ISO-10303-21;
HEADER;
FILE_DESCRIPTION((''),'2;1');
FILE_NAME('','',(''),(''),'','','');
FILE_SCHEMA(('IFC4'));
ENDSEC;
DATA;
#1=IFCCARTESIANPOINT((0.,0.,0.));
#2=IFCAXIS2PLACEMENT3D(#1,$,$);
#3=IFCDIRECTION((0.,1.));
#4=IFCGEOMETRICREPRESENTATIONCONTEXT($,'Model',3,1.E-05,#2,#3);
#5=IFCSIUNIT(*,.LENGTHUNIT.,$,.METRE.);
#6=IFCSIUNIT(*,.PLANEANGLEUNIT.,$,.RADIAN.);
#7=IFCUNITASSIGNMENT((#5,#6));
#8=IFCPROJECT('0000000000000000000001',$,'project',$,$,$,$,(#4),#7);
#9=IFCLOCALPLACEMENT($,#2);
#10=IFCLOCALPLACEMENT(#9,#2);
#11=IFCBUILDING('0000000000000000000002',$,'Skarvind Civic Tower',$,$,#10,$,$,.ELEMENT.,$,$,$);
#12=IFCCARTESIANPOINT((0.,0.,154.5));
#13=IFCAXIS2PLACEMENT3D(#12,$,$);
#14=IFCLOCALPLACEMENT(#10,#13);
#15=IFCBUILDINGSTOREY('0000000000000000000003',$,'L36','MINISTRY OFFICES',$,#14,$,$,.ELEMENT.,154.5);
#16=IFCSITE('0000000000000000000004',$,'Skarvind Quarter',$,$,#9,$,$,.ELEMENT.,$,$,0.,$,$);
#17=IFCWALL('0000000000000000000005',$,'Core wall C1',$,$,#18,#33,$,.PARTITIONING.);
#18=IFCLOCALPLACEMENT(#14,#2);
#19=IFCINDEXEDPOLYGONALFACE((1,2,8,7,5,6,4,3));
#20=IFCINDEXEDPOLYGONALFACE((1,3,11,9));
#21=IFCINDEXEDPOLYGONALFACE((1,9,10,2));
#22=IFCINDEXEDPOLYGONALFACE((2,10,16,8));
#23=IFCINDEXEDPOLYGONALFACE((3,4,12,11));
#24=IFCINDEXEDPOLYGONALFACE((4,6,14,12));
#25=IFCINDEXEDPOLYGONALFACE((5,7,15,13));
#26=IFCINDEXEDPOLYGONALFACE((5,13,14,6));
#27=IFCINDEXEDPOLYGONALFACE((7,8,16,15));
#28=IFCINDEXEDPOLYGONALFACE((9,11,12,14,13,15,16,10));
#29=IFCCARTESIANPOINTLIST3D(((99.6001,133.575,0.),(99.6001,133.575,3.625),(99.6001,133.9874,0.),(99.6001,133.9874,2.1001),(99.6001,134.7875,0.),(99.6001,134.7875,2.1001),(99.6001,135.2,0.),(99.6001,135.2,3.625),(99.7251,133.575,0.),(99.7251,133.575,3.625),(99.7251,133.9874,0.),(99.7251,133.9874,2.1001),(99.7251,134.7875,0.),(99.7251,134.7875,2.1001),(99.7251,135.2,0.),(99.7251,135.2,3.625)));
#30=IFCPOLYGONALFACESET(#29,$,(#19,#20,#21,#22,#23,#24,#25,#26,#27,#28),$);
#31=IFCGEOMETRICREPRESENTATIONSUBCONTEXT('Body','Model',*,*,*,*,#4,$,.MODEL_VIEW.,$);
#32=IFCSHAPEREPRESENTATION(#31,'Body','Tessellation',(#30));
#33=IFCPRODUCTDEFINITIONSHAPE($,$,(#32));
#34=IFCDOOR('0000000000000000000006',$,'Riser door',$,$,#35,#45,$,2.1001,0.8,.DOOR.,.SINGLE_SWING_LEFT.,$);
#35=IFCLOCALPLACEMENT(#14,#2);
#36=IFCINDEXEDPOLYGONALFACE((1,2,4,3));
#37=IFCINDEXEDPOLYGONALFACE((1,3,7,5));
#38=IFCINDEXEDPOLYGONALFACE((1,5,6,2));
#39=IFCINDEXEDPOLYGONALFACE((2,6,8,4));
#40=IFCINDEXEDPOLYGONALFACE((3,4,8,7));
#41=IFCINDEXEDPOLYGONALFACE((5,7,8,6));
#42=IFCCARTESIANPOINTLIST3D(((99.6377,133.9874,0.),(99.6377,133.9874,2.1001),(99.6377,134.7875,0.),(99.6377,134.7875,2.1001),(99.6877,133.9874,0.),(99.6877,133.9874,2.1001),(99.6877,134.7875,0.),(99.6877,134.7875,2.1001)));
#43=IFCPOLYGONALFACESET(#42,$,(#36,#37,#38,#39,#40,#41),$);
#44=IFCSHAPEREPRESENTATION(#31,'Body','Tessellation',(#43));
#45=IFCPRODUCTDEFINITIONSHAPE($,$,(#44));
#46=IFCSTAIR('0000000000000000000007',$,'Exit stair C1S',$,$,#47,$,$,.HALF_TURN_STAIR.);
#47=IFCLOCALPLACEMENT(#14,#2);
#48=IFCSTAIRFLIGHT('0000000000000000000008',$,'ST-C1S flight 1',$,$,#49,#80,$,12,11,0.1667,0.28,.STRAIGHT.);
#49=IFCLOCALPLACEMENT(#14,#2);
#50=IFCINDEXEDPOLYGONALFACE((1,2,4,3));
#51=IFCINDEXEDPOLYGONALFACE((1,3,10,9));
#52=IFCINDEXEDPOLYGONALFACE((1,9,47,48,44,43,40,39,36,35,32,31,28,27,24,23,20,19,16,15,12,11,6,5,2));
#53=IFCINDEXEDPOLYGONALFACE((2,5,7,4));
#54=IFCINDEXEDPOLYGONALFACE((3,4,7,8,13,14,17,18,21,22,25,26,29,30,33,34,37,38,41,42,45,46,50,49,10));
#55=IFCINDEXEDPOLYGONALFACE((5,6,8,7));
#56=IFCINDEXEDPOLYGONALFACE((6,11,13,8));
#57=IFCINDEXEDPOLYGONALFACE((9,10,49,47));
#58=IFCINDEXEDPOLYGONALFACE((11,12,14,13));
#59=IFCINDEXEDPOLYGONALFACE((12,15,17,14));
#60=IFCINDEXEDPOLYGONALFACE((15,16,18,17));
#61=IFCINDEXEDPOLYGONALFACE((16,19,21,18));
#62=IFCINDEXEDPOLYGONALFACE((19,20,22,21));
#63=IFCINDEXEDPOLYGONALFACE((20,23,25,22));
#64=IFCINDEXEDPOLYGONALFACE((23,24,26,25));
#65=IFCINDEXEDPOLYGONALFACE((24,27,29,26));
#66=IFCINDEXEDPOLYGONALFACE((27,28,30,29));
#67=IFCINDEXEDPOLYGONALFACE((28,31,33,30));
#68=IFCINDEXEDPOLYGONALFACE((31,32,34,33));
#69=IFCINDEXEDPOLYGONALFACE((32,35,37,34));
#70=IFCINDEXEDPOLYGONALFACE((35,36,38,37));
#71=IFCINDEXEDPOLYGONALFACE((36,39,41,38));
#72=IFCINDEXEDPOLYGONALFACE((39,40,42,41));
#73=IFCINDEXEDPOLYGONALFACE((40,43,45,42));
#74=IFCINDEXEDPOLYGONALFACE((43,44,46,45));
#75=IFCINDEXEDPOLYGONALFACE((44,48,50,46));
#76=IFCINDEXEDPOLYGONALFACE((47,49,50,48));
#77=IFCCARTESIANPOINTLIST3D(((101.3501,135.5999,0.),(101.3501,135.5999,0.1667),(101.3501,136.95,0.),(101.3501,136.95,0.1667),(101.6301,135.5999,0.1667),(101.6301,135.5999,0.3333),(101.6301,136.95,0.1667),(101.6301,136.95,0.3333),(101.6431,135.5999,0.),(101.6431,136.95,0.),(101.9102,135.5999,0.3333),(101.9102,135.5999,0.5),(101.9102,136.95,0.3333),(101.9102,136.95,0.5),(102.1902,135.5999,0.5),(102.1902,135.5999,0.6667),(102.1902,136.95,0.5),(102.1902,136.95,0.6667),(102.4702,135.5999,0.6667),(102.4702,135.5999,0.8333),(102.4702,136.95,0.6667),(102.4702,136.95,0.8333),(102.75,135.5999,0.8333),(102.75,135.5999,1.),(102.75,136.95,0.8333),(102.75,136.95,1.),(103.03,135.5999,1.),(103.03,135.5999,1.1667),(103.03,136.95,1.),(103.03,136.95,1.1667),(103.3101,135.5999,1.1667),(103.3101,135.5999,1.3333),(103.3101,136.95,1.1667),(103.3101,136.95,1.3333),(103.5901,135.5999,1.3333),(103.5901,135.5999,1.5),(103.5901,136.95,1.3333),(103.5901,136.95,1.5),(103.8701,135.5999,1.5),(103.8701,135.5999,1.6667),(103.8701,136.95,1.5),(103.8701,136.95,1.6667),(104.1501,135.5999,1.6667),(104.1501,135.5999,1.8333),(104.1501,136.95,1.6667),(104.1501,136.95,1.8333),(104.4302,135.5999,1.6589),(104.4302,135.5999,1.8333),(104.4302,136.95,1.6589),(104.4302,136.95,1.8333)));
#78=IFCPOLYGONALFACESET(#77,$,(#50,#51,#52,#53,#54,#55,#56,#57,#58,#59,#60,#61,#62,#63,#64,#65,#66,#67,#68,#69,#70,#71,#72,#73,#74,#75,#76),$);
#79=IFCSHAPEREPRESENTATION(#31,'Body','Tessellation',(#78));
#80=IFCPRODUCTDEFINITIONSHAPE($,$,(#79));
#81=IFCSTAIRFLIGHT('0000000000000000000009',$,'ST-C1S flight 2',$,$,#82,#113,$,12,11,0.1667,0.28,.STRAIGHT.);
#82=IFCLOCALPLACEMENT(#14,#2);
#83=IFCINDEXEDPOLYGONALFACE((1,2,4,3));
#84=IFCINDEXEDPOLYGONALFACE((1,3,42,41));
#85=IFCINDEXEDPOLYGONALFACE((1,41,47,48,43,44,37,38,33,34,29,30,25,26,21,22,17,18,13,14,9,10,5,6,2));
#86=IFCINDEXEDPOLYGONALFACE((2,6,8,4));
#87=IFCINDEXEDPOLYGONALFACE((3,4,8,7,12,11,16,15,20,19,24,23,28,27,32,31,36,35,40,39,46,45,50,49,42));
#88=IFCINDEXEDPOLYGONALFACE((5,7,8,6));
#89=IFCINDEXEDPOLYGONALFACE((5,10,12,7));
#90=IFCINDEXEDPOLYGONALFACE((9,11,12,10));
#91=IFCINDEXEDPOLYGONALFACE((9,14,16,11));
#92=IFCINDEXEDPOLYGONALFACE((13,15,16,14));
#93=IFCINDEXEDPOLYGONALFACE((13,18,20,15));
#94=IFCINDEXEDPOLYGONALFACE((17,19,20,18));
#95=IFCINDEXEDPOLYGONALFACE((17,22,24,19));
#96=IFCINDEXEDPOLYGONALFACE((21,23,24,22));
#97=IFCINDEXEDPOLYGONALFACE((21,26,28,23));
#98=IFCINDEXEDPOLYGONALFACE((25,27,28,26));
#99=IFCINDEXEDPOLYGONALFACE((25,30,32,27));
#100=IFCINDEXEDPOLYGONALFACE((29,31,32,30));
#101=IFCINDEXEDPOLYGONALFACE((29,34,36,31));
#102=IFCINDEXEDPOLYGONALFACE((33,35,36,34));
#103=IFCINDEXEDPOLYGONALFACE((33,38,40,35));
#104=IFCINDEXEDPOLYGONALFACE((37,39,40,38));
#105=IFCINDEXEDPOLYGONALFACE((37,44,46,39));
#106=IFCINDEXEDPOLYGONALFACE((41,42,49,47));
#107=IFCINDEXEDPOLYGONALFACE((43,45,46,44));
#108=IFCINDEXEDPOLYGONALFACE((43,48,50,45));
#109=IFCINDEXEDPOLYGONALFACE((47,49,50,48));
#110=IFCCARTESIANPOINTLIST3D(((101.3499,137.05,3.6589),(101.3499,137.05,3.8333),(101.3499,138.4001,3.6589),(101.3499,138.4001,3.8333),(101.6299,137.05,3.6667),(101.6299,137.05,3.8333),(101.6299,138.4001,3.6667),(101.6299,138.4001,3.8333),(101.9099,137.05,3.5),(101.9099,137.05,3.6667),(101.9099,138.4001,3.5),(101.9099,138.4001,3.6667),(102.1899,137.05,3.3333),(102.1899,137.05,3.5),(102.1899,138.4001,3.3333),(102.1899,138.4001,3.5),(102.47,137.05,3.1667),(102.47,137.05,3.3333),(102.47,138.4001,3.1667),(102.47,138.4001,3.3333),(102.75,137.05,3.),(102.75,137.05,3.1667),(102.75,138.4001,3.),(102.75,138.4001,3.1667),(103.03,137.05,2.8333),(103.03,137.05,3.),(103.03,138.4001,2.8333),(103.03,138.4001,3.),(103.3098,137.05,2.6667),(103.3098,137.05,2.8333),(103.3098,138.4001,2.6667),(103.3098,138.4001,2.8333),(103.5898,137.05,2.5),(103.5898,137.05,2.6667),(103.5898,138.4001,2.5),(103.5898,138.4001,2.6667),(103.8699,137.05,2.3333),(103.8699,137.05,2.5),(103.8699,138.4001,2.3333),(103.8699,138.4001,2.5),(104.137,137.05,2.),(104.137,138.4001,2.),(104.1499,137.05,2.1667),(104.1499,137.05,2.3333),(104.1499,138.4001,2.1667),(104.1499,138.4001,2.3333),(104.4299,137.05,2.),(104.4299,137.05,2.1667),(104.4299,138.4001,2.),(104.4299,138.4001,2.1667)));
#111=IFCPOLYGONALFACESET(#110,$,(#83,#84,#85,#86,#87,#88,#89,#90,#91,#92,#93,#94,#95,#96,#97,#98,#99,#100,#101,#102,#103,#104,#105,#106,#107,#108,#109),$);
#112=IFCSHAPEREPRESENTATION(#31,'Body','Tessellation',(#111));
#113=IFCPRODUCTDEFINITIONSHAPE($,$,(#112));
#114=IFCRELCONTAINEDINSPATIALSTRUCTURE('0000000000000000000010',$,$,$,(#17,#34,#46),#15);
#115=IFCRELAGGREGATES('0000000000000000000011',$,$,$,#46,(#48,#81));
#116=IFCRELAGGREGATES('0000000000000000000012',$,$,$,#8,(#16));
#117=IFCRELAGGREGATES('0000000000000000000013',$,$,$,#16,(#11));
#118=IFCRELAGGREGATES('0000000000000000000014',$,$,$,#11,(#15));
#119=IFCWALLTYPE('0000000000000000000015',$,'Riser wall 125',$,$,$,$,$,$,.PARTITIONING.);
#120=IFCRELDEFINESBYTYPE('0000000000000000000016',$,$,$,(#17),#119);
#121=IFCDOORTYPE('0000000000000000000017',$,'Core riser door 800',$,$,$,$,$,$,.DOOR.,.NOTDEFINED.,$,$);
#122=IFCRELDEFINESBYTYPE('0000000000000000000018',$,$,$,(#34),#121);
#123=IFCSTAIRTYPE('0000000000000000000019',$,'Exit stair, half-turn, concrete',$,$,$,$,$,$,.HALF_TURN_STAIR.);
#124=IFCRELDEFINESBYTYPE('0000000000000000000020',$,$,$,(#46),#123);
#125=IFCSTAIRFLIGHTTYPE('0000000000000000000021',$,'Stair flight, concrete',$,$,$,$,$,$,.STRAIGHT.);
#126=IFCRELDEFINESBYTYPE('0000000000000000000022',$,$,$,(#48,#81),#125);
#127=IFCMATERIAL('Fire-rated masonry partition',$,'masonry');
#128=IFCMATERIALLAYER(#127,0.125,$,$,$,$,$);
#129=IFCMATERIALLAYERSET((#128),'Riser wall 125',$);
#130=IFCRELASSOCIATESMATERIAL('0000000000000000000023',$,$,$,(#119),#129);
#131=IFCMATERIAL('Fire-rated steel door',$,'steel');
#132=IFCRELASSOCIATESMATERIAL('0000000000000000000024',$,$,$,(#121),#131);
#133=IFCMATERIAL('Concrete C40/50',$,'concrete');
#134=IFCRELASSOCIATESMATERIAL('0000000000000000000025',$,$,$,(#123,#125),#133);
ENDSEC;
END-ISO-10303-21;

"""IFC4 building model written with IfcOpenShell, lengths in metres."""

from ifc_helpers import new_model, si_unit, direction, frame, frame_2d, origin, place, context, subcontext, project, spatial, polyline, rectangle, outline, extrude, material, layer, layer_set, type_object, element, fill, aggregate, save


model = new_model("IFC4")

# Units and contexts
model_context = context("Model", 3, precision=1e-05, world=origin(), true_north=direction((0.0, 1.0)))
body_context = subcontext(model_context, "Body", "Model", "MODEL_VIEW")
ifc_project = project(units=[si_unit("LENGTHUNIT", "METRE"), si_unit("PLANEANGLEUNIT", "RADIAN")], contexts=[model_context])

# Site, building, storey
site_placement = place(None, origin())
site = spatial("IfcSite", under=ifc_project, at=site_placement, Name="Skarvind Quarter", CompositionType="ELEMENT", RefElevation=0.0)
building_placement = place(site_placement, origin())
building = spatial("IfcBuilding", under=site, at=building_placement, Name="Skarvind Civic Tower", CompositionType="ELEMENT")
storey_placement = place(building_placement, frame((0.0, 0.0, 154.5)))
storey = spatial("IfcBuildingStorey", under=building, at=storey_placement, Name="L36", Description="MINISTRY OFFICES", CompositionType="ELEMENT", Elevation=154.5)

# Shared definitions
ifc_material_1 = material(Name="Fire-rated steel door", Category="steel")

# Wall, opening, door
ifc_material_2 = material(Name="Fire-rated masonry partition", Category="masonry")
ifc_layer_1 = layer(ifc_material_2, 0.125)
ifc_layer_set_1 = layer_set([ifc_layer_1], Name="Riser wall 125")
wall_type_1 = type_object("IfcWallType", Name="Riser wall 125", PredefinedType="PARTITIONING", material=ifc_layer_set_1)
wall_1_placement = place(storey_placement, frame((99.6626, 133.575, 0.0), z_axis=(0.0, 0.0, 1.0), x_axis=(0.0, 1.0, 0.0)))
wall_1 = element("IfcWall", 1, at=wall_1_placement, inside=storey, type_object=wall_type_1, Name="Core wall C1", PredefinedType="PARTITIONING", context=body_context, shape_type="SweptSolid", body=[
    extrude(rectangle(XDim=1.625, YDim=0.125, at=frame_2d((0.8125, 0.0))), origin(), (0.0, 0.0, 1.0), 3.625),
])
opening_1_placement = place(wall_1_placement, frame((0.4126, 0.0, 0.0)))
opening_1 = element("IfcOpeningElement", 2, at=opening_1_placement, cuts=wall_1, PredefinedType="OPENING", context=body_context, shape_type="SweptSolid", body=[
    extrude(rectangle(XDim=0.8, YDim=2.1001, at=frame_2d((0.3999, 1.05))), frame((0.0, 0.0725, 0.0), z_axis=(0.0, -1.0, 0.0), x_axis=(1.0, 0.0, 0.0)), (0.0, 0.0, 1.0), 0.145),
])
door_type_1 = type_object("IfcDoorType", Name="Core riser door 800", OperationType="NOTDEFINED", PredefinedType="DOOR", material=ifc_material_1)
door_1_placement = place(opening_1_placement, origin())
door_1 = element("IfcDoor", 3, at=door_1_placement, inside=storey, type_object=door_type_1, Name="Riser door", OperationType="SINGLE_SWING_LEFT", OverallHeight=2.1001, OverallWidth=0.8, PredefinedType="DOOR", context=body_context, shape_type="SweptSolid", body=[
    extrude(rectangle(XDim=0.8, YDim=2.1001, at=frame_2d((0.3999, 1.05))), frame((0.0, 0.0249, 0.0), z_axis=(0.0, -1.0, 0.0), x_axis=(1.0, 0.0, 0.0)), (0.0, 0.0, 1.0), 0.05),
])
fill(opening_1, door_1)

# Stair, stair flights
ifc_material_3 = material(Name="Concrete C40/50", Category="concrete")
stair_type = type_object("IfcStairType", Name="Exit stair, half-turn, concrete", PredefinedType="HALF_TURN_STAIR", material=ifc_material_3)
stair_placement = place(storey_placement, origin())
stair = element("IfcStair", 4, at=stair_placement, inside=storey, type_object=stair_type, Name="Exit stair C1S", PredefinedType="HALF_TURN_STAIR")
stair_flight_type = type_object("IfcStairFlightType", Name="Stair flight, concrete", PredefinedType="STRAIGHT", material=ifc_material_3)
stair_flight_1_placement = place(storey_placement, frame((101.3501, 136.2749, 0.0), z_axis=(0.0, 0.0, 1.0), x_axis=(1.0, 0.0, 0.0)))
stair_flight_1 = element("IfcStairFlight", 5, at=stair_flight_1_placement, type_object=stair_flight_type, Name="ST-C1S flight 1", NumberOfRisers=12, NumberOfTreads=11, PredefinedType="STRAIGHT", RiserHeight=0.1667, TreadLength=0.28, context=body_context, shape_type="SweptSolid", body=[
    extrude(outline(polyline([(0.0, 0.0), (0.0, 0.1667), (0.28, 0.1667), (0.28, 0.3333), (0.5601, 0.3333), (0.5601, 0.5), (0.8401, 0.5), (0.8401, 0.6667), (1.1201, 0.6667), (1.1201, 0.8333), (1.3999, 0.8333), (1.3999, 1.0), (1.6799, 1.0), (1.6799, 1.1667), (1.96, 1.1667), (1.96, 1.3333), (2.24, 1.3333), (2.24, 1.5), (2.52, 1.5), (2.52, 1.6667), (2.8, 1.6667), (2.8, 1.8333), (3.0801, 1.8333), (3.0801, 2.0), (3.0801, 1.6589), (0.293, 0.0), (0.0, 0.0)])), frame((0.0, 0.675, 0.0), z_axis=(0.0, -1.0, 0.0), x_axis=(1.0, 0.0, 0.0)), (0.0, 0.0, 1.0), 1.3501),
])
stair_flight_2_placement = place(storey_placement, frame((104.4299, 137.7251, 2.0), z_axis=(0.0, 0.0, 1.0), x_axis=(-1.0, 0.0, 0.0)))
stair_flight_2 = element("IfcStairFlight", 6, at=stair_flight_2_placement, type_object=stair_flight_type, Name="ST-C1S flight 2", NumberOfRisers=12, NumberOfTreads=11, PredefinedType="STRAIGHT", RiserHeight=0.1667, TreadLength=0.28, context=body_context, shape_type="SweptSolid", body=[
    extrude(outline(polyline([(0.0, 0.0), (0.0, 0.1667), (0.28, 0.1667), (0.28, 0.3333), (0.5601, 0.3333), (0.5601, 0.5), (0.8401, 0.5), (0.8401, 0.6667), (1.1201, 0.6667), (1.1201, 0.8333), (1.3999, 0.8333), (1.3999, 1.0), (1.6799, 1.0), (1.6799, 1.1667), (1.96, 1.1667), (1.96, 1.3333), (2.24, 1.3333), (2.24, 1.5), (2.52, 1.5), (2.52, 1.6667), (2.8, 1.6667), (2.8, 1.8333), (3.0801, 1.8333), (3.0801, 2.0), (3.0801, 1.6589), (0.293, 0.0), (0.0, 0.0)])), frame((0.0, 0.675, 0.0), z_axis=(0.0, -1.0, 0.0), x_axis=(1.0, 0.0, 0.0)), (0.0, 0.0, 1.0), 1.3501),
])
aggregate(stair, [stair_flight_1, stair_flight_2])

save(model, "model.ifc")
